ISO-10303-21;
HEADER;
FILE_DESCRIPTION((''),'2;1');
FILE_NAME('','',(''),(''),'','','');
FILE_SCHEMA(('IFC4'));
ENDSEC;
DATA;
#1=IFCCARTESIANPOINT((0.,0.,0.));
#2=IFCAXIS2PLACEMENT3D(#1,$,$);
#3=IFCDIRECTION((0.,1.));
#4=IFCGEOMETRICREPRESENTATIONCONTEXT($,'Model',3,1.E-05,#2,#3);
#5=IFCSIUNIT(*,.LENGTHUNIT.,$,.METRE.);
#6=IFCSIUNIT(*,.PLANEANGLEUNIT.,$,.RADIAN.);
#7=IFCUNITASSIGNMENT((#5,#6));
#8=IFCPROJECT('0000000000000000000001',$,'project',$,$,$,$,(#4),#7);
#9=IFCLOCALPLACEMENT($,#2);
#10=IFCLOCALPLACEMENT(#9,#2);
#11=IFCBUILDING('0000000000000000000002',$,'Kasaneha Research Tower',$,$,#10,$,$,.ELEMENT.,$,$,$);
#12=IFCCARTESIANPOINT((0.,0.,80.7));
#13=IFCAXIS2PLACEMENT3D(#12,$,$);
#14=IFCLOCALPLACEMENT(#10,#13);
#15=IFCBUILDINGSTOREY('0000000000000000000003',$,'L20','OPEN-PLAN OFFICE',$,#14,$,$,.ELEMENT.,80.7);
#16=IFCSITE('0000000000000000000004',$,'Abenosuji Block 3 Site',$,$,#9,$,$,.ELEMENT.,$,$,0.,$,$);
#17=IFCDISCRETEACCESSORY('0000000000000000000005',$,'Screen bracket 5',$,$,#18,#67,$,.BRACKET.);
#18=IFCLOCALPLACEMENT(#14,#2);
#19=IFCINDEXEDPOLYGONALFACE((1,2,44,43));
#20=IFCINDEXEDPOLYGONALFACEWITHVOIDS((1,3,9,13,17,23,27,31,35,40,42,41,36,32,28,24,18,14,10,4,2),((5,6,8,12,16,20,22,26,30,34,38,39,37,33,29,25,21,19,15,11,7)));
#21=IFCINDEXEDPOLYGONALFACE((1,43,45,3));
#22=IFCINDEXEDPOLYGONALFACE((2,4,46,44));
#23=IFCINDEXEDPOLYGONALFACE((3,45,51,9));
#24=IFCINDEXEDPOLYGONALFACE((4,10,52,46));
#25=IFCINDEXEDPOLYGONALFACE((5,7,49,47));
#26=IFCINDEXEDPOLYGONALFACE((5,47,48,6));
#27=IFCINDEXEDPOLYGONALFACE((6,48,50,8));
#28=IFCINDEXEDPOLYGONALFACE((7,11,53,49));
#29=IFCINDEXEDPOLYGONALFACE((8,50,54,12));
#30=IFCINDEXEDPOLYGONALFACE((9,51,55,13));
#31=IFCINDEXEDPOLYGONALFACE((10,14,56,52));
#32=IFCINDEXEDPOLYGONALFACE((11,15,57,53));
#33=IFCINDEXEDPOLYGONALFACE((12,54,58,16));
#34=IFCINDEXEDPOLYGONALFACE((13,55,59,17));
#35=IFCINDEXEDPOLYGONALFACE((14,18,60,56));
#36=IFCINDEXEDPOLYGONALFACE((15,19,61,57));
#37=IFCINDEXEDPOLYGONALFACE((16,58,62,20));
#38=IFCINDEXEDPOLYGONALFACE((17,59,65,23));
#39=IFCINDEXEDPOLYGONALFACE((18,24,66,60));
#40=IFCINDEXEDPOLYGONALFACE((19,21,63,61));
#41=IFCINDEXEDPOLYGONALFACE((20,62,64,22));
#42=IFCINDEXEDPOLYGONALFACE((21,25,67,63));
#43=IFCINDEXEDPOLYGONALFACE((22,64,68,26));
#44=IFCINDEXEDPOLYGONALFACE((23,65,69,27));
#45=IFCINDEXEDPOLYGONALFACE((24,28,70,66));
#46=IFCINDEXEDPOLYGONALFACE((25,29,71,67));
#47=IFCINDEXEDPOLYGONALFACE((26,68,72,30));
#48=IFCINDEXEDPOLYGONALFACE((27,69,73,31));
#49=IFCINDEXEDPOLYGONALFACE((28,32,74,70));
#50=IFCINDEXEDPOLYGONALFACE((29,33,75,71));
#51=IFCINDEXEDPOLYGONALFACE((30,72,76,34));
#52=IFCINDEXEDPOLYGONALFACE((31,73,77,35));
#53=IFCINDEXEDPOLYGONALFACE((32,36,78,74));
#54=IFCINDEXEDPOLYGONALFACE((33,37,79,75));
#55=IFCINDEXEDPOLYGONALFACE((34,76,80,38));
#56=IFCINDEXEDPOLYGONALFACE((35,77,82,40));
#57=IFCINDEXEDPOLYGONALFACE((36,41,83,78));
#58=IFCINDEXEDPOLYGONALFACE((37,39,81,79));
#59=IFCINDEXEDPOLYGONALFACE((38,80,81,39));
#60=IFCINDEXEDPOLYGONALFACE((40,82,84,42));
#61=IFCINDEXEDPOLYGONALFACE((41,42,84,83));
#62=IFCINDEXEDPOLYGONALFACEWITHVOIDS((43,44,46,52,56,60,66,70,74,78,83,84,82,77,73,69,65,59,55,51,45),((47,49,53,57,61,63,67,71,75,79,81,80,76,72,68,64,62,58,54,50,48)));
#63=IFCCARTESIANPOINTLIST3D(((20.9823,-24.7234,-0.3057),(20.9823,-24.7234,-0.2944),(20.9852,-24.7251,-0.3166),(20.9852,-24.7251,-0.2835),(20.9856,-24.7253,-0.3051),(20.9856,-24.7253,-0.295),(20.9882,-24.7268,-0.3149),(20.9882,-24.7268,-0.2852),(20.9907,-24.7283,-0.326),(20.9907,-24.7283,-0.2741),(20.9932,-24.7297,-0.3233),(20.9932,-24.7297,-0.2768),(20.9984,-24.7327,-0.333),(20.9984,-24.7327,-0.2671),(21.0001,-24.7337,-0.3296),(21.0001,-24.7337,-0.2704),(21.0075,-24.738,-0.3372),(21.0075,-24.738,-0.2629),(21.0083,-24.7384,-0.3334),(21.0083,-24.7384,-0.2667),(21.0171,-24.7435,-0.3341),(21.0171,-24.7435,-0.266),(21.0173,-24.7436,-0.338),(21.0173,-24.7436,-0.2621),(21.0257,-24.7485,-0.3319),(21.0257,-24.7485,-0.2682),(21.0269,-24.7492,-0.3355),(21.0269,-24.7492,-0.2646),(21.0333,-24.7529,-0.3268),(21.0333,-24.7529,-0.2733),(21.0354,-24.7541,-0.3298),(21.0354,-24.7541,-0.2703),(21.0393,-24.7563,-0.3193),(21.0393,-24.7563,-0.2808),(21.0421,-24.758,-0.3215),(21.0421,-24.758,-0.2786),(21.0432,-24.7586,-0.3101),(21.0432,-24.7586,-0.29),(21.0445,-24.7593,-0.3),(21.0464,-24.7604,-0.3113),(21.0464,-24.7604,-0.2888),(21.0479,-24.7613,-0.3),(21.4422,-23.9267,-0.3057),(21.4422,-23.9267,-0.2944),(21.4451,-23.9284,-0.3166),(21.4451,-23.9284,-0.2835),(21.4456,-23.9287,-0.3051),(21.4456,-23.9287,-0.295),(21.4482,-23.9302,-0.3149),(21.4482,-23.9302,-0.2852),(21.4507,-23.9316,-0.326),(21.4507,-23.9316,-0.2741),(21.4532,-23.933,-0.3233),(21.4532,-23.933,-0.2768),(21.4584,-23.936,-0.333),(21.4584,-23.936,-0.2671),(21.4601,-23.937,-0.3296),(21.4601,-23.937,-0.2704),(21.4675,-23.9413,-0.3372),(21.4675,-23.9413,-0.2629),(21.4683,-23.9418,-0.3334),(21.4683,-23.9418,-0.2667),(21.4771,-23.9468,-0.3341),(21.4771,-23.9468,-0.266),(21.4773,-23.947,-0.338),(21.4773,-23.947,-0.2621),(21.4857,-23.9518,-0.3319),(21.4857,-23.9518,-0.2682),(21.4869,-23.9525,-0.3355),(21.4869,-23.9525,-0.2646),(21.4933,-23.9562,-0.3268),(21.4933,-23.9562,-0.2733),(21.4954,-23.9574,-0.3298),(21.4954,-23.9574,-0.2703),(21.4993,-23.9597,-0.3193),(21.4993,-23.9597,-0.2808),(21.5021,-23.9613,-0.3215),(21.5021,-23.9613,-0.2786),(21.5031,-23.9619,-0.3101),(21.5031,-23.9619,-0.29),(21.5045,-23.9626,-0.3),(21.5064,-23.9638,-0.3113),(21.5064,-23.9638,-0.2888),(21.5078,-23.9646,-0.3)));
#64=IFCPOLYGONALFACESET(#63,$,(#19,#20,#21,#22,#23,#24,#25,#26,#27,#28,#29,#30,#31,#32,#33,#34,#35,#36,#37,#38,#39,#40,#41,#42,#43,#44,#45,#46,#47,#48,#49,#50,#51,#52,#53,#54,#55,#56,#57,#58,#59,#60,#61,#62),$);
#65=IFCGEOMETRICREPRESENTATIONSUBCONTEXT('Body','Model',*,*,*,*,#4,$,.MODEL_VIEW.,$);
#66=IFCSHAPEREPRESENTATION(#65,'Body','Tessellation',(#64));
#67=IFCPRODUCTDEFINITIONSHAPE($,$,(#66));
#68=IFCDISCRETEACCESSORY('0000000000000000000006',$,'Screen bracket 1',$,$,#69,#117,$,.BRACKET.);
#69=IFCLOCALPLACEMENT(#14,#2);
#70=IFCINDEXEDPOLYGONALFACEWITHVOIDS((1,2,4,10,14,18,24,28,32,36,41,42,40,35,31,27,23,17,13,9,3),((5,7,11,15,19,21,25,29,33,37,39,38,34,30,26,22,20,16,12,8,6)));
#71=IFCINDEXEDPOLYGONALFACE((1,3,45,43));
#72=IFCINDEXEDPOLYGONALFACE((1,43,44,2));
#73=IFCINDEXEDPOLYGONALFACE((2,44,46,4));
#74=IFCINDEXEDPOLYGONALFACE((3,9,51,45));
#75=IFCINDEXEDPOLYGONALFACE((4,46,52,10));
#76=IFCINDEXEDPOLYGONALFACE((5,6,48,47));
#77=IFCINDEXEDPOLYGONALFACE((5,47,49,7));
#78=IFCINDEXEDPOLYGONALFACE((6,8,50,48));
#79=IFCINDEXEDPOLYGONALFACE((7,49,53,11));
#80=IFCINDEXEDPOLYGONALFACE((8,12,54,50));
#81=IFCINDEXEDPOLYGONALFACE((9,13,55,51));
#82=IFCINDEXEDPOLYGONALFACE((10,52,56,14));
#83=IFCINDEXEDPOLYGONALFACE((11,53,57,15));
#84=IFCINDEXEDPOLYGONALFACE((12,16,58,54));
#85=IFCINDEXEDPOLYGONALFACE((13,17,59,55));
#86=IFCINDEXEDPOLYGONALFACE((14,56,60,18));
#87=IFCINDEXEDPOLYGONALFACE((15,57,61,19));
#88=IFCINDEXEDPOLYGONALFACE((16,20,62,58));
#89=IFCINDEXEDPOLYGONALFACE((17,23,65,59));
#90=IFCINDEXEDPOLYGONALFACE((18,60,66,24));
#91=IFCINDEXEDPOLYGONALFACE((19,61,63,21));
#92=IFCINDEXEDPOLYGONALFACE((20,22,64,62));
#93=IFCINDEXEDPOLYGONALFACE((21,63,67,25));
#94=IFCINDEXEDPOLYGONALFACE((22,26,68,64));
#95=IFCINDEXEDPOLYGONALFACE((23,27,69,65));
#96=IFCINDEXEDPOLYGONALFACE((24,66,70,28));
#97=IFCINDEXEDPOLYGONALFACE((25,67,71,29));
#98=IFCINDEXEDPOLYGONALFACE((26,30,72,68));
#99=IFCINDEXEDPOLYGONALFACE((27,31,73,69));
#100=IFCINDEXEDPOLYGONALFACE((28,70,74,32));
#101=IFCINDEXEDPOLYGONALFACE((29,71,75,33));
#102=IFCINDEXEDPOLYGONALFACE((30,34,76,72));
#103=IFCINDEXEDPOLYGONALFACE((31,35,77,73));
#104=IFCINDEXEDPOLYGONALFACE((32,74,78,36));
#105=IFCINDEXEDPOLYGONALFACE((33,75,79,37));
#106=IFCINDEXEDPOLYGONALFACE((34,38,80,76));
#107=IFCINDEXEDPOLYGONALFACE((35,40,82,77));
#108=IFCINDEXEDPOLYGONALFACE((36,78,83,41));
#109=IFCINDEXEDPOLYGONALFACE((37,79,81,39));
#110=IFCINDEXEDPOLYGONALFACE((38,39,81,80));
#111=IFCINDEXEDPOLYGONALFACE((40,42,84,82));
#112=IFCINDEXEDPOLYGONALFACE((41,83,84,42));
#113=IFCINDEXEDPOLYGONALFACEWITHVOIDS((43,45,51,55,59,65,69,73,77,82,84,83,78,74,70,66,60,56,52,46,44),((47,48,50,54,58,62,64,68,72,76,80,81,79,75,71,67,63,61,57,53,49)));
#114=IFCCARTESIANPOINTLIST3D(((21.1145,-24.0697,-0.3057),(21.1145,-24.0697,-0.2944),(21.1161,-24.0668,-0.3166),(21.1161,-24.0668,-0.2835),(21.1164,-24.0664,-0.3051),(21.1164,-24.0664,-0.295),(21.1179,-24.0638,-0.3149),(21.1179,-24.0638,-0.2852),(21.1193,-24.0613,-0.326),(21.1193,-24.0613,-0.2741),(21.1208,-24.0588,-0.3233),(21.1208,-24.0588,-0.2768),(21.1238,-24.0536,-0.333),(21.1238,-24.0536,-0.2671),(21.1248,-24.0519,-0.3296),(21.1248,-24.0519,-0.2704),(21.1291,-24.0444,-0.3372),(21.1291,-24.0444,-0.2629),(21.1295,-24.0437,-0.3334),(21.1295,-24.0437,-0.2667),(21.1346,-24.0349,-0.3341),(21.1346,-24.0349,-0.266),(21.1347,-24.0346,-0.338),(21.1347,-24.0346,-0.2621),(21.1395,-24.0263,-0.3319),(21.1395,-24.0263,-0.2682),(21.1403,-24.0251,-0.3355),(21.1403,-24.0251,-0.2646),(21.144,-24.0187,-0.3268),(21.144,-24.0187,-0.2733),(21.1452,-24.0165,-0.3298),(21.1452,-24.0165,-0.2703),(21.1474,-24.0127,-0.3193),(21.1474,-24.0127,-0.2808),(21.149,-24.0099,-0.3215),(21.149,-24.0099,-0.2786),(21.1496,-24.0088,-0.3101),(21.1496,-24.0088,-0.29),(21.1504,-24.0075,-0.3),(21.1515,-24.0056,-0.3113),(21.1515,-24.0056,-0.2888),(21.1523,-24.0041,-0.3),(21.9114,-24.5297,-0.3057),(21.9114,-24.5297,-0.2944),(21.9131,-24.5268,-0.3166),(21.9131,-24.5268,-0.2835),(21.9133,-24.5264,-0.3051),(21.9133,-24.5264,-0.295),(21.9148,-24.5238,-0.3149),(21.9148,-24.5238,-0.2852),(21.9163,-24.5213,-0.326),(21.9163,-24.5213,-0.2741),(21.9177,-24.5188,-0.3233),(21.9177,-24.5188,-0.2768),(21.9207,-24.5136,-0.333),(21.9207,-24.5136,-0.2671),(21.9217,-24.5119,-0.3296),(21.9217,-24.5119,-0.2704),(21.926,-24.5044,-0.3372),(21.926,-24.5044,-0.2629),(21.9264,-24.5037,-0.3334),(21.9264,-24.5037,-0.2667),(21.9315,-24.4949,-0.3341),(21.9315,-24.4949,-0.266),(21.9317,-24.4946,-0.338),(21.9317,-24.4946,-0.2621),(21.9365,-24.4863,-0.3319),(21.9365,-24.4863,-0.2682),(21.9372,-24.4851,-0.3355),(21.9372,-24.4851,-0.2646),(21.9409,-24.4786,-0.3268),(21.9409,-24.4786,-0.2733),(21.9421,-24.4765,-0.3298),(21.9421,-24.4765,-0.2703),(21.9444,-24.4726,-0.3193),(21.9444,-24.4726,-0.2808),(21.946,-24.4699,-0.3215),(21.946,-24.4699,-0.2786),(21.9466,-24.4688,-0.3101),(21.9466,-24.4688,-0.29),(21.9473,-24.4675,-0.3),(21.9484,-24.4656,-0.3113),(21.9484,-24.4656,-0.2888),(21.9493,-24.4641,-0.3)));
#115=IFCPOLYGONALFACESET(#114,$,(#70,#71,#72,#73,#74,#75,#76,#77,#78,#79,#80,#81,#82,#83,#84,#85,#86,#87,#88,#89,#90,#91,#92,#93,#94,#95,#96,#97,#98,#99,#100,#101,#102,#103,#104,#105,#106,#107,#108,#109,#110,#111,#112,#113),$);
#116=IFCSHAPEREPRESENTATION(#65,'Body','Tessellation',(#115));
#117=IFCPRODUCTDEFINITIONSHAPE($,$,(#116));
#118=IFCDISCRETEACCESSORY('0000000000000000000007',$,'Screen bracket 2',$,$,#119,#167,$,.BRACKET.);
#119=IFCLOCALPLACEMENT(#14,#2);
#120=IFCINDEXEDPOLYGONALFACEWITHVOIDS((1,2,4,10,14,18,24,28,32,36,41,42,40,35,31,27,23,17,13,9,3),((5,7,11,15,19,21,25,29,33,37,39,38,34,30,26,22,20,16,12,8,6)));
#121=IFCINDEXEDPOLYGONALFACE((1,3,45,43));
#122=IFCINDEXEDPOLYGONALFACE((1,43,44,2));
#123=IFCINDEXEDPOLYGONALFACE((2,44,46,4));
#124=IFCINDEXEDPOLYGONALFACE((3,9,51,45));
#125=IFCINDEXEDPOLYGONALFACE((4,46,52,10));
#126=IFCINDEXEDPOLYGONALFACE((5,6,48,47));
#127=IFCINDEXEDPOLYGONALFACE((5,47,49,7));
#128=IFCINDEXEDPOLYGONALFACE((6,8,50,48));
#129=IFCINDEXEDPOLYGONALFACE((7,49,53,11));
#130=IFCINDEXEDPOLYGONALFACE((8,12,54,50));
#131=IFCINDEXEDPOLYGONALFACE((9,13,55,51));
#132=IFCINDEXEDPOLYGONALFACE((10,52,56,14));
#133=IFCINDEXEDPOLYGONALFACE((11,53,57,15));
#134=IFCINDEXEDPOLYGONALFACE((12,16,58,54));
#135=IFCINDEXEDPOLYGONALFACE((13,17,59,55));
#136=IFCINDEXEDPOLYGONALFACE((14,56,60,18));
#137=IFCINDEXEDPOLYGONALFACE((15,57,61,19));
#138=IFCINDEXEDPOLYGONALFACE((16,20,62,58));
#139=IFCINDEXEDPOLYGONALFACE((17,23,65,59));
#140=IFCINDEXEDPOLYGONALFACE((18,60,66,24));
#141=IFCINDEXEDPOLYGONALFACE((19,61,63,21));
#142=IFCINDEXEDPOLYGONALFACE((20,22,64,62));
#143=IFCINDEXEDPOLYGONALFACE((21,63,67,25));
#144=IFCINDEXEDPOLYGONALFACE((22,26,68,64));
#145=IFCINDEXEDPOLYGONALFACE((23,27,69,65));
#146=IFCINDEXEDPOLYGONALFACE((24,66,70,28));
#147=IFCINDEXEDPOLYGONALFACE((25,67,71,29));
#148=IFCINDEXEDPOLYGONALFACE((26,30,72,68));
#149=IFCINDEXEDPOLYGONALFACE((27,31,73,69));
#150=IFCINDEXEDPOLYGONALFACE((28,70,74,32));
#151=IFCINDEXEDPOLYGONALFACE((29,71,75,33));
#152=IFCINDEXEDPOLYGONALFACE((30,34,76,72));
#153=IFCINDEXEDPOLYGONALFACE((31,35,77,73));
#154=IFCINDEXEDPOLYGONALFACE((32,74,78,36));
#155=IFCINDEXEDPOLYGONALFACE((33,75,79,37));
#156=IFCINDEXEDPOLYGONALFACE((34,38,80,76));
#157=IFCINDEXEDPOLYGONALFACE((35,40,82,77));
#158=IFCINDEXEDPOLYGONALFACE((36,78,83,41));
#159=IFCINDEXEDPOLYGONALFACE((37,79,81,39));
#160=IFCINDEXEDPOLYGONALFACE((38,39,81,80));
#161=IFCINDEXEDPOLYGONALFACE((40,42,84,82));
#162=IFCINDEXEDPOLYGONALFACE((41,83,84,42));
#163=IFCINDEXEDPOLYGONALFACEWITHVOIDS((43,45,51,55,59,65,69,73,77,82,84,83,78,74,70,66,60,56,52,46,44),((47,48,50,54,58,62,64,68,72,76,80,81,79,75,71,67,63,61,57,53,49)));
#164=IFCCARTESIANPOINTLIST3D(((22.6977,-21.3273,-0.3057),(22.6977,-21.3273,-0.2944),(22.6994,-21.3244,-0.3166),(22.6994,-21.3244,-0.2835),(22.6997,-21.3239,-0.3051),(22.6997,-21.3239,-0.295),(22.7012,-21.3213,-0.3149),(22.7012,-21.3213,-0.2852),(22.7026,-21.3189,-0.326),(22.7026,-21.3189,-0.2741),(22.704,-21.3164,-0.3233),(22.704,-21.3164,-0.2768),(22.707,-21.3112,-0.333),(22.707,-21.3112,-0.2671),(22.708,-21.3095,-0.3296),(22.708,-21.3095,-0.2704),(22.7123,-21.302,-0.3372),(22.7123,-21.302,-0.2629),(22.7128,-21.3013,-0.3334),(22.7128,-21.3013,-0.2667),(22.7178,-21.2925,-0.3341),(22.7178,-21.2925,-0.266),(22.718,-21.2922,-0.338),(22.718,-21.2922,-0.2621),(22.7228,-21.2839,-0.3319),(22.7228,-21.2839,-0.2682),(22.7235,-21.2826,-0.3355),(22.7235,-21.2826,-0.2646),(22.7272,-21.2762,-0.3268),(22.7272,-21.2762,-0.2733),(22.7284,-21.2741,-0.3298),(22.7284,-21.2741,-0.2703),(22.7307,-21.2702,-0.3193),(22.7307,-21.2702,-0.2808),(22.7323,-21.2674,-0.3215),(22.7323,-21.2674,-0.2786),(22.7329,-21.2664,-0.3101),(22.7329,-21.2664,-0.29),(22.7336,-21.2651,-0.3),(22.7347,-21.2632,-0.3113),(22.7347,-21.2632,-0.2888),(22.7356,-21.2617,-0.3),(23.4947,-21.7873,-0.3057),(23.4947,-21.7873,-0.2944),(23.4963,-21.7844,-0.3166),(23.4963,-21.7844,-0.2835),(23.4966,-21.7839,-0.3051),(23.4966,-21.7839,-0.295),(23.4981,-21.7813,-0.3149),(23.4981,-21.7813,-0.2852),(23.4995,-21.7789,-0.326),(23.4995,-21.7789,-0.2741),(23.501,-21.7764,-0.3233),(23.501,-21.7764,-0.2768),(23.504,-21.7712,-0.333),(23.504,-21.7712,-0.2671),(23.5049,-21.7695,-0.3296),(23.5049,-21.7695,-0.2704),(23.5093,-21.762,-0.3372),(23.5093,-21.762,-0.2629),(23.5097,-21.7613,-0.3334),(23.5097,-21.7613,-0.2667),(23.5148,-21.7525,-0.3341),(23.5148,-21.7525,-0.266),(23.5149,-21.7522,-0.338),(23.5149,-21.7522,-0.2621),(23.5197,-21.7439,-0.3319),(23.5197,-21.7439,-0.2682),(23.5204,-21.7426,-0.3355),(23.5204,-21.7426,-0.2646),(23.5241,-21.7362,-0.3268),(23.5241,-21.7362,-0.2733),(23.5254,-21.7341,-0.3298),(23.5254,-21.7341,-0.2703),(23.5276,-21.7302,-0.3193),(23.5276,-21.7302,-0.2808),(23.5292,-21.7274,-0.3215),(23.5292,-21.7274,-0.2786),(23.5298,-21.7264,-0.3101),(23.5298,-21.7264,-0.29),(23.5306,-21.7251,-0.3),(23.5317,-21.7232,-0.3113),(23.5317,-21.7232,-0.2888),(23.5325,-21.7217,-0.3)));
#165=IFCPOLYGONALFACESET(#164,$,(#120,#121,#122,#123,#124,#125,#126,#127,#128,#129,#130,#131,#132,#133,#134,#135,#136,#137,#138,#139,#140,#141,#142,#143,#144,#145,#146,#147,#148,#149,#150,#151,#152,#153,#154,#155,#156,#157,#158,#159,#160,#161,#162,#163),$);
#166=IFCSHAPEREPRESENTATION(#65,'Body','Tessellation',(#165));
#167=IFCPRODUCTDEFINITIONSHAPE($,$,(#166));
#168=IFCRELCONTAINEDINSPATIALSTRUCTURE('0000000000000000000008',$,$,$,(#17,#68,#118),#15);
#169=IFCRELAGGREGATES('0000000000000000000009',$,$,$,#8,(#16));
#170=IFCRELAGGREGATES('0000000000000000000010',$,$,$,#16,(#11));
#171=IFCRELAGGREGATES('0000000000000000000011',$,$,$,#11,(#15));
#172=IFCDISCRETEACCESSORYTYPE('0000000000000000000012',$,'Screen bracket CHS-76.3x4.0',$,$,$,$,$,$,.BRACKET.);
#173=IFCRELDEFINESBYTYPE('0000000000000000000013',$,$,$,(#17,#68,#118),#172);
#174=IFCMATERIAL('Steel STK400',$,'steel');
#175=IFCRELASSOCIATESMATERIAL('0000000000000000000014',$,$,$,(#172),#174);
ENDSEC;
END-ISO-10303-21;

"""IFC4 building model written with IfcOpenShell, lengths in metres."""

from ifc_helpers import new_model, si_unit, direction, frame, origin, origin_2d, place, context, subcontext, project, spatial, hollow_circle, extrude, material, material_profile, profile_set, type_object, element, save


model = new_model("IFC4")

# Units and contexts
model_context = context("Model", 3, precision=1e-05, world=origin(), true_north=direction((0.0, 1.0)))
body_context = subcontext(model_context, "Body", "Model", "MODEL_VIEW")
ifc_project = project(units=[si_unit("LENGTHUNIT", "METRE"), si_unit("PLANEANGLEUNIT", "RADIAN")], contexts=[model_context])

# Site, building, storey
site_placement = place(None, origin())
site = spatial("IfcSite", under=ifc_project, at=site_placement, Name="Abenosuji Block 3 Site", CompositionType="ELEMENT", RefElevation=0.0)
building_placement = place(site_placement, origin())
building = spatial("IfcBuilding", under=site, at=building_placement, Name="Kasaneha Research Tower", CompositionType="ELEMENT")
storey_placement = place(building_placement, frame((0.0, 0.0, 80.7)))
storey = spatial("IfcBuildingStorey", under=building, at=storey_placement, Name="L20", Description="OPEN-PLAN OFFICE", CompositionType="ELEMENT", Elevation=80.7)

# Discrete accessories
ifc_material_1 = material(Name="Steel STK400", Category="steel")
ifc_material_profile_1 = material_profile(ifc_material_1, hollow_circle(Radius=0.0381, WallThickness=0.0039, at=origin_2d()), Name="CHS-76.3x4.0")
ifc_profile_set_1 = profile_set([ifc_material_profile_1], Name="Steel STK400")
discrete_accessory_type = type_object("IfcDiscreteAccessoryType", Name="Screen bracket CHS-76.3x4.0", PredefinedType="BRACKET", material=ifc_profile_set_1)
discrete_accessory_1_placement = place(storey_placement, frame((21.4749, -23.9456, -0.3), z_axis=(-0.500021, -0.866013, 0.0), x_axis=(0.866013, -0.500021, 0.0)))
element("IfcDiscreteAccessory", 1, at=discrete_accessory_1_placement, inside=storey, type_object=discrete_accessory_type, Name="Screen bracket 5", PredefinedType="BRACKET", context=body_context, shape_type="SweptSolid", body=[
    extrude(hollow_circle(Radius=0.0381, WallThickness=0.0039, at=origin_2d()), origin(), (0.0, 0.0, 1.0), 0.9199),
])
for number, where, z_axis, x_axis, name in (
    (2, (21.1333, -24.0371, -0.3), (0.86608, -0.499906, 0.0), (0.499906, 0.86608, 0.0), "Screen bracket 1"),
    (3, (22.7166, -21.2947, -0.3), (0.86608, -0.499906, 0.0), (0.499906, 0.86608, 0.0), "Screen bracket 2"),
):
    element("IfcDiscreteAccessory", number, at=place(storey_placement, frame(where, z_axis=z_axis, x_axis=x_axis)), inside=storey, type_object=discrete_accessory_type, Name=name, PredefinedType="BRACKET", context=body_context, shape_type="SweptSolid", body=[
        extrude(hollow_circle(Radius=0.0381, WallThickness=0.0039, at=origin_2d()), origin(), (0.0, 0.0, 1.0), 0.9202),
    ])

save(model, "model.ifc")
